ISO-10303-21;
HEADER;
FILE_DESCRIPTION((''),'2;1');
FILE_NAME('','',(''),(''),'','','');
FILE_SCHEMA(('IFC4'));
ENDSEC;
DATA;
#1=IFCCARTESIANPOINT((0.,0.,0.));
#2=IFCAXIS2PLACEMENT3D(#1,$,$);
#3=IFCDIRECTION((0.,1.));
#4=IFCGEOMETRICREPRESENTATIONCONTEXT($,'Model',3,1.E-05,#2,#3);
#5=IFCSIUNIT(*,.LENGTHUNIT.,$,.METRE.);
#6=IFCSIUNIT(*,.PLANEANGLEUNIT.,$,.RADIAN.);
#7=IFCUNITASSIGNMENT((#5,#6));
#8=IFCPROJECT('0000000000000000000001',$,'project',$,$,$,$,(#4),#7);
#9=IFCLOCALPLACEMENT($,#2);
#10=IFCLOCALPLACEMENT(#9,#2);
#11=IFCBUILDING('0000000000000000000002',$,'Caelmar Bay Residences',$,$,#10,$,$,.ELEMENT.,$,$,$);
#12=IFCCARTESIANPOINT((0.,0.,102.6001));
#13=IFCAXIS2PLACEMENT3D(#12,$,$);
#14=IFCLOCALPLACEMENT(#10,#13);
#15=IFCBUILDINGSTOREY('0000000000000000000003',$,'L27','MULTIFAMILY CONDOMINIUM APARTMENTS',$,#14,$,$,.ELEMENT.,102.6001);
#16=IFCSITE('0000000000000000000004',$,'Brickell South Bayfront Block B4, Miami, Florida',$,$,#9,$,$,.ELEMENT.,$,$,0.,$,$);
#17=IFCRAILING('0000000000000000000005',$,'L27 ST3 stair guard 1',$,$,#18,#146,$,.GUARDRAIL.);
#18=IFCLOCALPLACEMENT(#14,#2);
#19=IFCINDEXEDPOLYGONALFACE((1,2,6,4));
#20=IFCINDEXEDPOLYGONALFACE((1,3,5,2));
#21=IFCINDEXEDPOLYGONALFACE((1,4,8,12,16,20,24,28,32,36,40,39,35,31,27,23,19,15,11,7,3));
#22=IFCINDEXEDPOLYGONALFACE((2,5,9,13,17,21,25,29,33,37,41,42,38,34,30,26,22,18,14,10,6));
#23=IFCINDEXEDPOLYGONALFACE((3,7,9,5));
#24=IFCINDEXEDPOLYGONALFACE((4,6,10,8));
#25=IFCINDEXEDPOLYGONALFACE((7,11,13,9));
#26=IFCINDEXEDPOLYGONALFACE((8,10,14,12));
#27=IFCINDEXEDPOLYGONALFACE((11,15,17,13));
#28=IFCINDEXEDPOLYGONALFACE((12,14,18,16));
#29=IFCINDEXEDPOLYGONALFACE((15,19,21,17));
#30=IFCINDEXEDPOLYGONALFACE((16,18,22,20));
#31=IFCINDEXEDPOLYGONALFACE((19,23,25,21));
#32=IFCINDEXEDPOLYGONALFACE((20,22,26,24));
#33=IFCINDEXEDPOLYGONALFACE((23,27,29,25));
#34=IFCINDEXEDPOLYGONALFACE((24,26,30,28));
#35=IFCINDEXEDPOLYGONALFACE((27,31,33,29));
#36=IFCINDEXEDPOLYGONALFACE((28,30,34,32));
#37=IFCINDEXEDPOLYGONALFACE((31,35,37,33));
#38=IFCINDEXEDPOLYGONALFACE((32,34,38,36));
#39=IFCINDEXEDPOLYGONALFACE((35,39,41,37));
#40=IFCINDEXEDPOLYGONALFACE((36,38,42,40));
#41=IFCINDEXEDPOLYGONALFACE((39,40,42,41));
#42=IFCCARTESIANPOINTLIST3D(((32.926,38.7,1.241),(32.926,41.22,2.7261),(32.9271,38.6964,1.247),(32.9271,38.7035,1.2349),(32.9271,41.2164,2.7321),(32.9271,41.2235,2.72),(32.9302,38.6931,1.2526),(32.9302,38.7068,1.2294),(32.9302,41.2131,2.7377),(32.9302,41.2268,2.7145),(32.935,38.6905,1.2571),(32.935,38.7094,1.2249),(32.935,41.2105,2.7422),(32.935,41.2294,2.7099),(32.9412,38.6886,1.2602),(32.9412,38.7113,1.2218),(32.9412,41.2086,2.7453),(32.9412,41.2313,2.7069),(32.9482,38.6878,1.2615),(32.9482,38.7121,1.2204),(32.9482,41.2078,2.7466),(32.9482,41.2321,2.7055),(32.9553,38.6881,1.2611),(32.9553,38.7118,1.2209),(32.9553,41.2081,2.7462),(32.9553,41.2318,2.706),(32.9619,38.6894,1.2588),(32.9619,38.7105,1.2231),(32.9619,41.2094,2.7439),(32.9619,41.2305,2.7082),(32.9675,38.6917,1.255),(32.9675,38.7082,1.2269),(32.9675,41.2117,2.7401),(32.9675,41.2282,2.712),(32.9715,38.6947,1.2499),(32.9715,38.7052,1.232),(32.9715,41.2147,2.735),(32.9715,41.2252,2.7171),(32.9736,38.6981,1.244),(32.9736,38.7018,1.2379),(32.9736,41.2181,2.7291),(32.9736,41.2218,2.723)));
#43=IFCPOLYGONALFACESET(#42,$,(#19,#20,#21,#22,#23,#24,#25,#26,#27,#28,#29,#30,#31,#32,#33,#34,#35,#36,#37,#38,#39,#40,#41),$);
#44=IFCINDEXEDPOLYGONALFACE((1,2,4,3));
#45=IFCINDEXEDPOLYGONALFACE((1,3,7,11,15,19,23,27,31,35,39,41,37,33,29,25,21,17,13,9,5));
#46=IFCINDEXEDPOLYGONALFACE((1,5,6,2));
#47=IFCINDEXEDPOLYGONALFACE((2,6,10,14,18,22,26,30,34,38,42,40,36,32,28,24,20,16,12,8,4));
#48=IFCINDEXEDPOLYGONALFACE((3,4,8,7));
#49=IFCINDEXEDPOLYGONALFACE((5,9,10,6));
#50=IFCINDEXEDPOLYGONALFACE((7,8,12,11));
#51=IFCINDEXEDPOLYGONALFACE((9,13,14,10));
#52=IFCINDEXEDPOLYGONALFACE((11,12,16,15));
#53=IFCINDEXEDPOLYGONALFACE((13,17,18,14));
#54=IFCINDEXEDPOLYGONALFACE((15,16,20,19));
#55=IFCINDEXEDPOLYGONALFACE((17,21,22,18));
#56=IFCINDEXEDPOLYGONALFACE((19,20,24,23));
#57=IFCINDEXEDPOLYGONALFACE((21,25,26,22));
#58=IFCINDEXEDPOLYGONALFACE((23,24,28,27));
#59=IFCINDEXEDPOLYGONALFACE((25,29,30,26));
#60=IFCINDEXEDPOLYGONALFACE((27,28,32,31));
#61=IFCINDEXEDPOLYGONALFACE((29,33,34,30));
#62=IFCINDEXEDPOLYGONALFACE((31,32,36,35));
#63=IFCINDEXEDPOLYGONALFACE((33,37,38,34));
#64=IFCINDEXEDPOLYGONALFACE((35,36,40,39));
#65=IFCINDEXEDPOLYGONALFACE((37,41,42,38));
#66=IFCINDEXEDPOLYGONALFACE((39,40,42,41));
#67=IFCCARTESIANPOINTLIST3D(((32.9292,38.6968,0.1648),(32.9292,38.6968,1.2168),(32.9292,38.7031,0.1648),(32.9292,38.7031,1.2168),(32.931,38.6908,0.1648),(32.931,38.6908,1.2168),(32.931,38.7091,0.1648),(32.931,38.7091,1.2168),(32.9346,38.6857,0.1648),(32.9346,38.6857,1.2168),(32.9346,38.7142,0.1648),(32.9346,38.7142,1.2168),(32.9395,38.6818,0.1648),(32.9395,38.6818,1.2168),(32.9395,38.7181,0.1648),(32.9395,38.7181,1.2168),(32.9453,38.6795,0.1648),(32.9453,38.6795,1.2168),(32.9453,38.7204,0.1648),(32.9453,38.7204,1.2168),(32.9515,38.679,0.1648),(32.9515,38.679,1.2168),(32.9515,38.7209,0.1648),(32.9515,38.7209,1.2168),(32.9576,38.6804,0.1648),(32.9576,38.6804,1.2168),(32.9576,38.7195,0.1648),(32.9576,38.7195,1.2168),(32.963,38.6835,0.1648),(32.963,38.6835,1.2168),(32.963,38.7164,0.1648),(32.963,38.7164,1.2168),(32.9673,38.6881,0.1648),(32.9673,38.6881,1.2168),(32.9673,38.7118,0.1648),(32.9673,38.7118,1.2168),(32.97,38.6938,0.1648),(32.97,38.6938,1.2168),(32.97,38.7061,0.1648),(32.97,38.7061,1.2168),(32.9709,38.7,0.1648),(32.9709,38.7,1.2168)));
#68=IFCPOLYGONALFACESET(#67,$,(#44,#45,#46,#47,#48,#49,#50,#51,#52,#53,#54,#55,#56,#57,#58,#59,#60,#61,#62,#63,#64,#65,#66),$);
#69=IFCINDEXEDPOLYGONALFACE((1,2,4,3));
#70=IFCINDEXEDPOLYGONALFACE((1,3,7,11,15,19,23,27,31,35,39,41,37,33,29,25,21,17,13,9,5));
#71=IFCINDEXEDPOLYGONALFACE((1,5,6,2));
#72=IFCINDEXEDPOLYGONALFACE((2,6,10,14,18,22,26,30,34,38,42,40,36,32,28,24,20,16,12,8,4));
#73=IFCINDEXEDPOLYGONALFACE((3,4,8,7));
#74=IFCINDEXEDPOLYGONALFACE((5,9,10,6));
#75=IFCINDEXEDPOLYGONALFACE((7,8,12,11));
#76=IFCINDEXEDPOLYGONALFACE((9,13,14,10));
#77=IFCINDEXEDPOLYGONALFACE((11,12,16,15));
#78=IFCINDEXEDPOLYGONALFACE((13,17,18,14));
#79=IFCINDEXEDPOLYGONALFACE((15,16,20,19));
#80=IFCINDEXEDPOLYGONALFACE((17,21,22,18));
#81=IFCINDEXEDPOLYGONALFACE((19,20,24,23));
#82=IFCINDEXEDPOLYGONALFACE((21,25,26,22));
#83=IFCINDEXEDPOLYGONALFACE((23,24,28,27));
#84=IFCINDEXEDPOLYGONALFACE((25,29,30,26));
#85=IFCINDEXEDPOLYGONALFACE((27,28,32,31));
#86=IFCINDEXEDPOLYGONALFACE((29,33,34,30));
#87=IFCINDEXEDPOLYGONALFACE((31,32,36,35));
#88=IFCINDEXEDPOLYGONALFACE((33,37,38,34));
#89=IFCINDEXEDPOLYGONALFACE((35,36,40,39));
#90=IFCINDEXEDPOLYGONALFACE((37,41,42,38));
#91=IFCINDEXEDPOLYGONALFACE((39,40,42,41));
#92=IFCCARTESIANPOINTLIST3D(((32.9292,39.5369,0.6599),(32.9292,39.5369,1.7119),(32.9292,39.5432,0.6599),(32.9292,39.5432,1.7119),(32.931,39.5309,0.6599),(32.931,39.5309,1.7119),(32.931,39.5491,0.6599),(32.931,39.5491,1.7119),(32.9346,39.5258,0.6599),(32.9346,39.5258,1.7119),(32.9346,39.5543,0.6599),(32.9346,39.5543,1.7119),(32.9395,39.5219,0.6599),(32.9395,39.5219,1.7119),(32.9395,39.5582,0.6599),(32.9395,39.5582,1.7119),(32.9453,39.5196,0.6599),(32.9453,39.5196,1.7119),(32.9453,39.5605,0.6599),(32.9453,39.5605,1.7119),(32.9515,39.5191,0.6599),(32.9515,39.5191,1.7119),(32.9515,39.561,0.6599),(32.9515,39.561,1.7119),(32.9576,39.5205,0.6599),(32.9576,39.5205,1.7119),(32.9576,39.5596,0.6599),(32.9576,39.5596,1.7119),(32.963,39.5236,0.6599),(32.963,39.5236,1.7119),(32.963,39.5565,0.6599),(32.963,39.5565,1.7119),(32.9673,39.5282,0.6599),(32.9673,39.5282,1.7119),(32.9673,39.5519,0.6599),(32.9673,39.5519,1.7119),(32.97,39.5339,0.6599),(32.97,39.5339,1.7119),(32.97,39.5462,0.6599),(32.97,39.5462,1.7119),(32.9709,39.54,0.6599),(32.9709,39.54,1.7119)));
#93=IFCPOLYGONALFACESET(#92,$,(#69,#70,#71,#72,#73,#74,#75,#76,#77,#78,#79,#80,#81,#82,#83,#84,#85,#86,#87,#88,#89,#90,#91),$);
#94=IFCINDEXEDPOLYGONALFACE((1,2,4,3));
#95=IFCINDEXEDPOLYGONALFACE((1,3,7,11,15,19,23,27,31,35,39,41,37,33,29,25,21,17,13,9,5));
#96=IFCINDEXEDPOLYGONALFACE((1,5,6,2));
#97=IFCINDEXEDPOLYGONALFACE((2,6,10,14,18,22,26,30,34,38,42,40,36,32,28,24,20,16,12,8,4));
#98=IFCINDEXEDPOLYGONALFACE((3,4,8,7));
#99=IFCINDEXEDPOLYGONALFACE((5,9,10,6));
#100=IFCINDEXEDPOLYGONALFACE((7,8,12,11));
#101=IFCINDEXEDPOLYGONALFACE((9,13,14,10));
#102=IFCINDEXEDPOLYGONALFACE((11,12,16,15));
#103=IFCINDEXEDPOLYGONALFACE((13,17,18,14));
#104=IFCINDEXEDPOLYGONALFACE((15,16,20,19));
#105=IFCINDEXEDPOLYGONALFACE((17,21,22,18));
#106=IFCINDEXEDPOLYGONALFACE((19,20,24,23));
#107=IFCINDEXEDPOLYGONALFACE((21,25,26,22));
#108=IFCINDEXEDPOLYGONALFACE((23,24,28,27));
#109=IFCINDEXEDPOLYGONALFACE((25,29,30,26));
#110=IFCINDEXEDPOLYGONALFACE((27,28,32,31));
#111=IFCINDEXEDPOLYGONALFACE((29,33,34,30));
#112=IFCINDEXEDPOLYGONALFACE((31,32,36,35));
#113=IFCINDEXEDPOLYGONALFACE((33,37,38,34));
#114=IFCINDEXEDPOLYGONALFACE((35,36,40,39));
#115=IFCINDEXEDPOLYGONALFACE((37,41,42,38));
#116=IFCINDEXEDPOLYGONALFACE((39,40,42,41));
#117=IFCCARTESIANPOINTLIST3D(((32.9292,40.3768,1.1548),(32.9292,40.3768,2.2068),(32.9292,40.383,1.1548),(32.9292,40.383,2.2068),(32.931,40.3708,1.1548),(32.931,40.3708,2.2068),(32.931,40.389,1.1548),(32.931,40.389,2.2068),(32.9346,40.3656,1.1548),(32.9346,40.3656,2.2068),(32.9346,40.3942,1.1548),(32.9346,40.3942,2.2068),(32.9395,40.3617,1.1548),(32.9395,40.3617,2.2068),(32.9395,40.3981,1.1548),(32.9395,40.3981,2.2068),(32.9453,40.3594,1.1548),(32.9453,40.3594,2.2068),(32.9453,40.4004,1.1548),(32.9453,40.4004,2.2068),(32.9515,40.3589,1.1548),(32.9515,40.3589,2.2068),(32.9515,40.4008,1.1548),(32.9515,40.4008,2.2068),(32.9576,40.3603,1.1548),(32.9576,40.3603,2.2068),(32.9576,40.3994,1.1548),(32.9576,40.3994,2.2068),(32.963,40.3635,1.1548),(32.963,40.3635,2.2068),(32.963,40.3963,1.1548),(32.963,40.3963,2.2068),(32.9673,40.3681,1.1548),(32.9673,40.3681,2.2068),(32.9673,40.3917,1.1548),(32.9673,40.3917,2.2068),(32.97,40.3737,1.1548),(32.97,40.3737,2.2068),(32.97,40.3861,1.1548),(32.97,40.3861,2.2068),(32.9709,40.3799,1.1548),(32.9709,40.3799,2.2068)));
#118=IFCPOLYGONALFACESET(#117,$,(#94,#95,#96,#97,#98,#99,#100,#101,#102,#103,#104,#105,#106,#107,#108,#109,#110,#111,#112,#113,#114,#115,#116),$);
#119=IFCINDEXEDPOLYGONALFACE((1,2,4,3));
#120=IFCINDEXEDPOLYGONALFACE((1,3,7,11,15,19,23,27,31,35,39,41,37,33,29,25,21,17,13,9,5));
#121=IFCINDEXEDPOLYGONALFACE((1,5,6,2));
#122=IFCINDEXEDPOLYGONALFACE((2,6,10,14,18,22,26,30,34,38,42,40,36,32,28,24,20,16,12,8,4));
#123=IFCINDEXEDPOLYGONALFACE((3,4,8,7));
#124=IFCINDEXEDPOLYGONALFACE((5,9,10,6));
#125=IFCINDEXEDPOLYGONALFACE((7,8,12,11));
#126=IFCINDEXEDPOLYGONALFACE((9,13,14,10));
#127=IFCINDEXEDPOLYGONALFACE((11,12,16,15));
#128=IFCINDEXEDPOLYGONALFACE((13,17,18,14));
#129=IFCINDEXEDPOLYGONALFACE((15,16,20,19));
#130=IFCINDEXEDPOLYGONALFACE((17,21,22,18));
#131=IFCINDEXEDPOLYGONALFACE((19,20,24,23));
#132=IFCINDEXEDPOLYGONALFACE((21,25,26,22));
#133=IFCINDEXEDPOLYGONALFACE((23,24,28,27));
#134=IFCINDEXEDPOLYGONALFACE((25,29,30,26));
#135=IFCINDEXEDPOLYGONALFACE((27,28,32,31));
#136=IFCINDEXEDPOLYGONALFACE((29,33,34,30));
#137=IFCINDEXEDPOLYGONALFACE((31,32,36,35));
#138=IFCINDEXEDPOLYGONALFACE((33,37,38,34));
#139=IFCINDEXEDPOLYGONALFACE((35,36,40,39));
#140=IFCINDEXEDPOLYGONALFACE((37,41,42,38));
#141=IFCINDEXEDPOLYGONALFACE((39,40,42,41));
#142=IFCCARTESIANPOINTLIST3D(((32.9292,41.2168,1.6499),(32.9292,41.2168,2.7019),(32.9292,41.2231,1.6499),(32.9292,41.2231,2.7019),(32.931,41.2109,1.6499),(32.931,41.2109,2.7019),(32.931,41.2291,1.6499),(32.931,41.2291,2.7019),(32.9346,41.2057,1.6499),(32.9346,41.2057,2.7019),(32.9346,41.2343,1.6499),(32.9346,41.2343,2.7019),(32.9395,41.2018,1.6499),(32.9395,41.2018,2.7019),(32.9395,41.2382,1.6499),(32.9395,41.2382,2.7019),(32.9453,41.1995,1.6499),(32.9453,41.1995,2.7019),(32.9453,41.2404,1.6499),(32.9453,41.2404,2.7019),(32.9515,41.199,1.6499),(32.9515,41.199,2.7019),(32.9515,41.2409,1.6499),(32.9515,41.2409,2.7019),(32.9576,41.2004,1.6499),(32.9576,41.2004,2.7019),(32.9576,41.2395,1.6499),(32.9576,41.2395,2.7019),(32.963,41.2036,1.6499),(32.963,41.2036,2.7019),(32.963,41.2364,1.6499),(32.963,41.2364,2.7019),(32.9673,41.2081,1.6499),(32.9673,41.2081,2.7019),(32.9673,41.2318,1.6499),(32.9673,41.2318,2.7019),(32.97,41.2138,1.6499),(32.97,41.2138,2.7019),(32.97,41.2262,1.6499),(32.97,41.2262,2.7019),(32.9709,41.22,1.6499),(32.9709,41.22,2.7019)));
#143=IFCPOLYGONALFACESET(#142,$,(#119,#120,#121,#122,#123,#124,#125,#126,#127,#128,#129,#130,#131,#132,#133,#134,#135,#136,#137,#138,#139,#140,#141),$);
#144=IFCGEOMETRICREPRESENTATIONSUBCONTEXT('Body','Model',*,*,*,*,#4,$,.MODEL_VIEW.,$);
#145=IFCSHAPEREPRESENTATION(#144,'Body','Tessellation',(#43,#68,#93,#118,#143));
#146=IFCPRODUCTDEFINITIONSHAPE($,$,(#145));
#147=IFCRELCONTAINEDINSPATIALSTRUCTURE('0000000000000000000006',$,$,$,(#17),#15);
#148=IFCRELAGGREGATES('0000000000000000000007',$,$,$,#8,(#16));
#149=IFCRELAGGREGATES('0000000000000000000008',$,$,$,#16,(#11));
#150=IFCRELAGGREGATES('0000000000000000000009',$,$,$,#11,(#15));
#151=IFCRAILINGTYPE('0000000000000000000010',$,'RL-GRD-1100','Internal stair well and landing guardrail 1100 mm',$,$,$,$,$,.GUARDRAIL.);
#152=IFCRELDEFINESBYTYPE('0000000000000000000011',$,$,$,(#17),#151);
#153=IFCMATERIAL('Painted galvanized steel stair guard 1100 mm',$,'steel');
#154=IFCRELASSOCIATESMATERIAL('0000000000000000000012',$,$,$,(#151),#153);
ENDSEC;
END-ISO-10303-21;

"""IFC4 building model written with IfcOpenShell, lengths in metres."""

from ifc_helpers import new_model, si_unit, direction, frame, origin, origin_2d, place, context, subcontext, project, spatial, circle, extrude, material, type_object, element, save


model = new_model("IFC4")

# Units and contexts
model_context = context("Model", 3, precision=1e-05, world=origin(), true_north=direction((0.0, 1.0)))
body_context = subcontext(model_context, "Body", "Model", "MODEL_VIEW")
ifc_project = project(units=[si_unit("LENGTHUNIT", "METRE"), si_unit("PLANEANGLEUNIT", "RADIAN")], contexts=[model_context])

# Site, building, storey
site_placement = place(None, origin())
site = spatial("IfcSite", under=ifc_project, at=site_placement, Name="Brickell South Bayfront Block B4, Miami, Florida", CompositionType="ELEMENT", RefElevation=0.0)
building_placement = place(site_placement, origin())
building = spatial("IfcBuilding", under=site, at=building_placement, Name="Caelmar Bay Residences", CompositionType="ELEMENT")
storey_placement = place(building_placement, frame((0.0, 0.0, 102.6001)))
storey = spatial("IfcBuildingStorey", under=building, at=storey_placement, Name="L27", Description="MULTIFAMILY CONDOMINIUM APARTMENTS", CompositionType="ELEMENT", Elevation=102.6001)

# Railing
ifc_material_1 = material(Name="Painted galvanized steel stair guard 1100 mm", Category="steel")
railing_type_1 = type_object("IfcRailingType", Name="RL-GRD-1100", Description="Internal stair well and landing guardrail 1100 mm", PredefinedType="GUARDRAIL", material=ifc_material_1)
railing_1_placement = place(storey_placement, frame((32.95, 38.7, 0.1648)))
element("IfcRailing", 1, at=railing_1_placement, inside=storey, type_object=railing_type_1, Name="L27 ST3 stair guard 1", PredefinedType="GUARDRAIL", context=body_context, shape_type="SweptSolid", body=[
    extrude(circle(Radius=0.0239, at=origin_2d()), frame((0.0, 0.0, 1.0762), z_axis=(0.0, 0.861524, 0.507717), x_axis=(-1.0, 0.0, 0.0)), (0.0, 0.0, 1.0), 2.925),
    extrude(circle(Radius=0.021, at=origin_2d()), origin(), (0.0, 0.0, 1.0), 1.052),
    extrude(circle(Radius=0.021, at=origin_2d()), frame((0.0, 0.8401, 0.4951)), (0.0, 0.0, 1.0), 1.052),
    extrude(circle(Radius=0.021, at=origin_2d()), frame((0.0, 1.6799, 0.99)), (0.0, 0.0, 1.0), 1.052),
    extrude(circle(Radius=0.021, at=origin_2d()), frame((0.0, 2.52, 1.4851)), (0.0, 0.0, 1.0), 1.052),
])

save(model, "model.ifc")
